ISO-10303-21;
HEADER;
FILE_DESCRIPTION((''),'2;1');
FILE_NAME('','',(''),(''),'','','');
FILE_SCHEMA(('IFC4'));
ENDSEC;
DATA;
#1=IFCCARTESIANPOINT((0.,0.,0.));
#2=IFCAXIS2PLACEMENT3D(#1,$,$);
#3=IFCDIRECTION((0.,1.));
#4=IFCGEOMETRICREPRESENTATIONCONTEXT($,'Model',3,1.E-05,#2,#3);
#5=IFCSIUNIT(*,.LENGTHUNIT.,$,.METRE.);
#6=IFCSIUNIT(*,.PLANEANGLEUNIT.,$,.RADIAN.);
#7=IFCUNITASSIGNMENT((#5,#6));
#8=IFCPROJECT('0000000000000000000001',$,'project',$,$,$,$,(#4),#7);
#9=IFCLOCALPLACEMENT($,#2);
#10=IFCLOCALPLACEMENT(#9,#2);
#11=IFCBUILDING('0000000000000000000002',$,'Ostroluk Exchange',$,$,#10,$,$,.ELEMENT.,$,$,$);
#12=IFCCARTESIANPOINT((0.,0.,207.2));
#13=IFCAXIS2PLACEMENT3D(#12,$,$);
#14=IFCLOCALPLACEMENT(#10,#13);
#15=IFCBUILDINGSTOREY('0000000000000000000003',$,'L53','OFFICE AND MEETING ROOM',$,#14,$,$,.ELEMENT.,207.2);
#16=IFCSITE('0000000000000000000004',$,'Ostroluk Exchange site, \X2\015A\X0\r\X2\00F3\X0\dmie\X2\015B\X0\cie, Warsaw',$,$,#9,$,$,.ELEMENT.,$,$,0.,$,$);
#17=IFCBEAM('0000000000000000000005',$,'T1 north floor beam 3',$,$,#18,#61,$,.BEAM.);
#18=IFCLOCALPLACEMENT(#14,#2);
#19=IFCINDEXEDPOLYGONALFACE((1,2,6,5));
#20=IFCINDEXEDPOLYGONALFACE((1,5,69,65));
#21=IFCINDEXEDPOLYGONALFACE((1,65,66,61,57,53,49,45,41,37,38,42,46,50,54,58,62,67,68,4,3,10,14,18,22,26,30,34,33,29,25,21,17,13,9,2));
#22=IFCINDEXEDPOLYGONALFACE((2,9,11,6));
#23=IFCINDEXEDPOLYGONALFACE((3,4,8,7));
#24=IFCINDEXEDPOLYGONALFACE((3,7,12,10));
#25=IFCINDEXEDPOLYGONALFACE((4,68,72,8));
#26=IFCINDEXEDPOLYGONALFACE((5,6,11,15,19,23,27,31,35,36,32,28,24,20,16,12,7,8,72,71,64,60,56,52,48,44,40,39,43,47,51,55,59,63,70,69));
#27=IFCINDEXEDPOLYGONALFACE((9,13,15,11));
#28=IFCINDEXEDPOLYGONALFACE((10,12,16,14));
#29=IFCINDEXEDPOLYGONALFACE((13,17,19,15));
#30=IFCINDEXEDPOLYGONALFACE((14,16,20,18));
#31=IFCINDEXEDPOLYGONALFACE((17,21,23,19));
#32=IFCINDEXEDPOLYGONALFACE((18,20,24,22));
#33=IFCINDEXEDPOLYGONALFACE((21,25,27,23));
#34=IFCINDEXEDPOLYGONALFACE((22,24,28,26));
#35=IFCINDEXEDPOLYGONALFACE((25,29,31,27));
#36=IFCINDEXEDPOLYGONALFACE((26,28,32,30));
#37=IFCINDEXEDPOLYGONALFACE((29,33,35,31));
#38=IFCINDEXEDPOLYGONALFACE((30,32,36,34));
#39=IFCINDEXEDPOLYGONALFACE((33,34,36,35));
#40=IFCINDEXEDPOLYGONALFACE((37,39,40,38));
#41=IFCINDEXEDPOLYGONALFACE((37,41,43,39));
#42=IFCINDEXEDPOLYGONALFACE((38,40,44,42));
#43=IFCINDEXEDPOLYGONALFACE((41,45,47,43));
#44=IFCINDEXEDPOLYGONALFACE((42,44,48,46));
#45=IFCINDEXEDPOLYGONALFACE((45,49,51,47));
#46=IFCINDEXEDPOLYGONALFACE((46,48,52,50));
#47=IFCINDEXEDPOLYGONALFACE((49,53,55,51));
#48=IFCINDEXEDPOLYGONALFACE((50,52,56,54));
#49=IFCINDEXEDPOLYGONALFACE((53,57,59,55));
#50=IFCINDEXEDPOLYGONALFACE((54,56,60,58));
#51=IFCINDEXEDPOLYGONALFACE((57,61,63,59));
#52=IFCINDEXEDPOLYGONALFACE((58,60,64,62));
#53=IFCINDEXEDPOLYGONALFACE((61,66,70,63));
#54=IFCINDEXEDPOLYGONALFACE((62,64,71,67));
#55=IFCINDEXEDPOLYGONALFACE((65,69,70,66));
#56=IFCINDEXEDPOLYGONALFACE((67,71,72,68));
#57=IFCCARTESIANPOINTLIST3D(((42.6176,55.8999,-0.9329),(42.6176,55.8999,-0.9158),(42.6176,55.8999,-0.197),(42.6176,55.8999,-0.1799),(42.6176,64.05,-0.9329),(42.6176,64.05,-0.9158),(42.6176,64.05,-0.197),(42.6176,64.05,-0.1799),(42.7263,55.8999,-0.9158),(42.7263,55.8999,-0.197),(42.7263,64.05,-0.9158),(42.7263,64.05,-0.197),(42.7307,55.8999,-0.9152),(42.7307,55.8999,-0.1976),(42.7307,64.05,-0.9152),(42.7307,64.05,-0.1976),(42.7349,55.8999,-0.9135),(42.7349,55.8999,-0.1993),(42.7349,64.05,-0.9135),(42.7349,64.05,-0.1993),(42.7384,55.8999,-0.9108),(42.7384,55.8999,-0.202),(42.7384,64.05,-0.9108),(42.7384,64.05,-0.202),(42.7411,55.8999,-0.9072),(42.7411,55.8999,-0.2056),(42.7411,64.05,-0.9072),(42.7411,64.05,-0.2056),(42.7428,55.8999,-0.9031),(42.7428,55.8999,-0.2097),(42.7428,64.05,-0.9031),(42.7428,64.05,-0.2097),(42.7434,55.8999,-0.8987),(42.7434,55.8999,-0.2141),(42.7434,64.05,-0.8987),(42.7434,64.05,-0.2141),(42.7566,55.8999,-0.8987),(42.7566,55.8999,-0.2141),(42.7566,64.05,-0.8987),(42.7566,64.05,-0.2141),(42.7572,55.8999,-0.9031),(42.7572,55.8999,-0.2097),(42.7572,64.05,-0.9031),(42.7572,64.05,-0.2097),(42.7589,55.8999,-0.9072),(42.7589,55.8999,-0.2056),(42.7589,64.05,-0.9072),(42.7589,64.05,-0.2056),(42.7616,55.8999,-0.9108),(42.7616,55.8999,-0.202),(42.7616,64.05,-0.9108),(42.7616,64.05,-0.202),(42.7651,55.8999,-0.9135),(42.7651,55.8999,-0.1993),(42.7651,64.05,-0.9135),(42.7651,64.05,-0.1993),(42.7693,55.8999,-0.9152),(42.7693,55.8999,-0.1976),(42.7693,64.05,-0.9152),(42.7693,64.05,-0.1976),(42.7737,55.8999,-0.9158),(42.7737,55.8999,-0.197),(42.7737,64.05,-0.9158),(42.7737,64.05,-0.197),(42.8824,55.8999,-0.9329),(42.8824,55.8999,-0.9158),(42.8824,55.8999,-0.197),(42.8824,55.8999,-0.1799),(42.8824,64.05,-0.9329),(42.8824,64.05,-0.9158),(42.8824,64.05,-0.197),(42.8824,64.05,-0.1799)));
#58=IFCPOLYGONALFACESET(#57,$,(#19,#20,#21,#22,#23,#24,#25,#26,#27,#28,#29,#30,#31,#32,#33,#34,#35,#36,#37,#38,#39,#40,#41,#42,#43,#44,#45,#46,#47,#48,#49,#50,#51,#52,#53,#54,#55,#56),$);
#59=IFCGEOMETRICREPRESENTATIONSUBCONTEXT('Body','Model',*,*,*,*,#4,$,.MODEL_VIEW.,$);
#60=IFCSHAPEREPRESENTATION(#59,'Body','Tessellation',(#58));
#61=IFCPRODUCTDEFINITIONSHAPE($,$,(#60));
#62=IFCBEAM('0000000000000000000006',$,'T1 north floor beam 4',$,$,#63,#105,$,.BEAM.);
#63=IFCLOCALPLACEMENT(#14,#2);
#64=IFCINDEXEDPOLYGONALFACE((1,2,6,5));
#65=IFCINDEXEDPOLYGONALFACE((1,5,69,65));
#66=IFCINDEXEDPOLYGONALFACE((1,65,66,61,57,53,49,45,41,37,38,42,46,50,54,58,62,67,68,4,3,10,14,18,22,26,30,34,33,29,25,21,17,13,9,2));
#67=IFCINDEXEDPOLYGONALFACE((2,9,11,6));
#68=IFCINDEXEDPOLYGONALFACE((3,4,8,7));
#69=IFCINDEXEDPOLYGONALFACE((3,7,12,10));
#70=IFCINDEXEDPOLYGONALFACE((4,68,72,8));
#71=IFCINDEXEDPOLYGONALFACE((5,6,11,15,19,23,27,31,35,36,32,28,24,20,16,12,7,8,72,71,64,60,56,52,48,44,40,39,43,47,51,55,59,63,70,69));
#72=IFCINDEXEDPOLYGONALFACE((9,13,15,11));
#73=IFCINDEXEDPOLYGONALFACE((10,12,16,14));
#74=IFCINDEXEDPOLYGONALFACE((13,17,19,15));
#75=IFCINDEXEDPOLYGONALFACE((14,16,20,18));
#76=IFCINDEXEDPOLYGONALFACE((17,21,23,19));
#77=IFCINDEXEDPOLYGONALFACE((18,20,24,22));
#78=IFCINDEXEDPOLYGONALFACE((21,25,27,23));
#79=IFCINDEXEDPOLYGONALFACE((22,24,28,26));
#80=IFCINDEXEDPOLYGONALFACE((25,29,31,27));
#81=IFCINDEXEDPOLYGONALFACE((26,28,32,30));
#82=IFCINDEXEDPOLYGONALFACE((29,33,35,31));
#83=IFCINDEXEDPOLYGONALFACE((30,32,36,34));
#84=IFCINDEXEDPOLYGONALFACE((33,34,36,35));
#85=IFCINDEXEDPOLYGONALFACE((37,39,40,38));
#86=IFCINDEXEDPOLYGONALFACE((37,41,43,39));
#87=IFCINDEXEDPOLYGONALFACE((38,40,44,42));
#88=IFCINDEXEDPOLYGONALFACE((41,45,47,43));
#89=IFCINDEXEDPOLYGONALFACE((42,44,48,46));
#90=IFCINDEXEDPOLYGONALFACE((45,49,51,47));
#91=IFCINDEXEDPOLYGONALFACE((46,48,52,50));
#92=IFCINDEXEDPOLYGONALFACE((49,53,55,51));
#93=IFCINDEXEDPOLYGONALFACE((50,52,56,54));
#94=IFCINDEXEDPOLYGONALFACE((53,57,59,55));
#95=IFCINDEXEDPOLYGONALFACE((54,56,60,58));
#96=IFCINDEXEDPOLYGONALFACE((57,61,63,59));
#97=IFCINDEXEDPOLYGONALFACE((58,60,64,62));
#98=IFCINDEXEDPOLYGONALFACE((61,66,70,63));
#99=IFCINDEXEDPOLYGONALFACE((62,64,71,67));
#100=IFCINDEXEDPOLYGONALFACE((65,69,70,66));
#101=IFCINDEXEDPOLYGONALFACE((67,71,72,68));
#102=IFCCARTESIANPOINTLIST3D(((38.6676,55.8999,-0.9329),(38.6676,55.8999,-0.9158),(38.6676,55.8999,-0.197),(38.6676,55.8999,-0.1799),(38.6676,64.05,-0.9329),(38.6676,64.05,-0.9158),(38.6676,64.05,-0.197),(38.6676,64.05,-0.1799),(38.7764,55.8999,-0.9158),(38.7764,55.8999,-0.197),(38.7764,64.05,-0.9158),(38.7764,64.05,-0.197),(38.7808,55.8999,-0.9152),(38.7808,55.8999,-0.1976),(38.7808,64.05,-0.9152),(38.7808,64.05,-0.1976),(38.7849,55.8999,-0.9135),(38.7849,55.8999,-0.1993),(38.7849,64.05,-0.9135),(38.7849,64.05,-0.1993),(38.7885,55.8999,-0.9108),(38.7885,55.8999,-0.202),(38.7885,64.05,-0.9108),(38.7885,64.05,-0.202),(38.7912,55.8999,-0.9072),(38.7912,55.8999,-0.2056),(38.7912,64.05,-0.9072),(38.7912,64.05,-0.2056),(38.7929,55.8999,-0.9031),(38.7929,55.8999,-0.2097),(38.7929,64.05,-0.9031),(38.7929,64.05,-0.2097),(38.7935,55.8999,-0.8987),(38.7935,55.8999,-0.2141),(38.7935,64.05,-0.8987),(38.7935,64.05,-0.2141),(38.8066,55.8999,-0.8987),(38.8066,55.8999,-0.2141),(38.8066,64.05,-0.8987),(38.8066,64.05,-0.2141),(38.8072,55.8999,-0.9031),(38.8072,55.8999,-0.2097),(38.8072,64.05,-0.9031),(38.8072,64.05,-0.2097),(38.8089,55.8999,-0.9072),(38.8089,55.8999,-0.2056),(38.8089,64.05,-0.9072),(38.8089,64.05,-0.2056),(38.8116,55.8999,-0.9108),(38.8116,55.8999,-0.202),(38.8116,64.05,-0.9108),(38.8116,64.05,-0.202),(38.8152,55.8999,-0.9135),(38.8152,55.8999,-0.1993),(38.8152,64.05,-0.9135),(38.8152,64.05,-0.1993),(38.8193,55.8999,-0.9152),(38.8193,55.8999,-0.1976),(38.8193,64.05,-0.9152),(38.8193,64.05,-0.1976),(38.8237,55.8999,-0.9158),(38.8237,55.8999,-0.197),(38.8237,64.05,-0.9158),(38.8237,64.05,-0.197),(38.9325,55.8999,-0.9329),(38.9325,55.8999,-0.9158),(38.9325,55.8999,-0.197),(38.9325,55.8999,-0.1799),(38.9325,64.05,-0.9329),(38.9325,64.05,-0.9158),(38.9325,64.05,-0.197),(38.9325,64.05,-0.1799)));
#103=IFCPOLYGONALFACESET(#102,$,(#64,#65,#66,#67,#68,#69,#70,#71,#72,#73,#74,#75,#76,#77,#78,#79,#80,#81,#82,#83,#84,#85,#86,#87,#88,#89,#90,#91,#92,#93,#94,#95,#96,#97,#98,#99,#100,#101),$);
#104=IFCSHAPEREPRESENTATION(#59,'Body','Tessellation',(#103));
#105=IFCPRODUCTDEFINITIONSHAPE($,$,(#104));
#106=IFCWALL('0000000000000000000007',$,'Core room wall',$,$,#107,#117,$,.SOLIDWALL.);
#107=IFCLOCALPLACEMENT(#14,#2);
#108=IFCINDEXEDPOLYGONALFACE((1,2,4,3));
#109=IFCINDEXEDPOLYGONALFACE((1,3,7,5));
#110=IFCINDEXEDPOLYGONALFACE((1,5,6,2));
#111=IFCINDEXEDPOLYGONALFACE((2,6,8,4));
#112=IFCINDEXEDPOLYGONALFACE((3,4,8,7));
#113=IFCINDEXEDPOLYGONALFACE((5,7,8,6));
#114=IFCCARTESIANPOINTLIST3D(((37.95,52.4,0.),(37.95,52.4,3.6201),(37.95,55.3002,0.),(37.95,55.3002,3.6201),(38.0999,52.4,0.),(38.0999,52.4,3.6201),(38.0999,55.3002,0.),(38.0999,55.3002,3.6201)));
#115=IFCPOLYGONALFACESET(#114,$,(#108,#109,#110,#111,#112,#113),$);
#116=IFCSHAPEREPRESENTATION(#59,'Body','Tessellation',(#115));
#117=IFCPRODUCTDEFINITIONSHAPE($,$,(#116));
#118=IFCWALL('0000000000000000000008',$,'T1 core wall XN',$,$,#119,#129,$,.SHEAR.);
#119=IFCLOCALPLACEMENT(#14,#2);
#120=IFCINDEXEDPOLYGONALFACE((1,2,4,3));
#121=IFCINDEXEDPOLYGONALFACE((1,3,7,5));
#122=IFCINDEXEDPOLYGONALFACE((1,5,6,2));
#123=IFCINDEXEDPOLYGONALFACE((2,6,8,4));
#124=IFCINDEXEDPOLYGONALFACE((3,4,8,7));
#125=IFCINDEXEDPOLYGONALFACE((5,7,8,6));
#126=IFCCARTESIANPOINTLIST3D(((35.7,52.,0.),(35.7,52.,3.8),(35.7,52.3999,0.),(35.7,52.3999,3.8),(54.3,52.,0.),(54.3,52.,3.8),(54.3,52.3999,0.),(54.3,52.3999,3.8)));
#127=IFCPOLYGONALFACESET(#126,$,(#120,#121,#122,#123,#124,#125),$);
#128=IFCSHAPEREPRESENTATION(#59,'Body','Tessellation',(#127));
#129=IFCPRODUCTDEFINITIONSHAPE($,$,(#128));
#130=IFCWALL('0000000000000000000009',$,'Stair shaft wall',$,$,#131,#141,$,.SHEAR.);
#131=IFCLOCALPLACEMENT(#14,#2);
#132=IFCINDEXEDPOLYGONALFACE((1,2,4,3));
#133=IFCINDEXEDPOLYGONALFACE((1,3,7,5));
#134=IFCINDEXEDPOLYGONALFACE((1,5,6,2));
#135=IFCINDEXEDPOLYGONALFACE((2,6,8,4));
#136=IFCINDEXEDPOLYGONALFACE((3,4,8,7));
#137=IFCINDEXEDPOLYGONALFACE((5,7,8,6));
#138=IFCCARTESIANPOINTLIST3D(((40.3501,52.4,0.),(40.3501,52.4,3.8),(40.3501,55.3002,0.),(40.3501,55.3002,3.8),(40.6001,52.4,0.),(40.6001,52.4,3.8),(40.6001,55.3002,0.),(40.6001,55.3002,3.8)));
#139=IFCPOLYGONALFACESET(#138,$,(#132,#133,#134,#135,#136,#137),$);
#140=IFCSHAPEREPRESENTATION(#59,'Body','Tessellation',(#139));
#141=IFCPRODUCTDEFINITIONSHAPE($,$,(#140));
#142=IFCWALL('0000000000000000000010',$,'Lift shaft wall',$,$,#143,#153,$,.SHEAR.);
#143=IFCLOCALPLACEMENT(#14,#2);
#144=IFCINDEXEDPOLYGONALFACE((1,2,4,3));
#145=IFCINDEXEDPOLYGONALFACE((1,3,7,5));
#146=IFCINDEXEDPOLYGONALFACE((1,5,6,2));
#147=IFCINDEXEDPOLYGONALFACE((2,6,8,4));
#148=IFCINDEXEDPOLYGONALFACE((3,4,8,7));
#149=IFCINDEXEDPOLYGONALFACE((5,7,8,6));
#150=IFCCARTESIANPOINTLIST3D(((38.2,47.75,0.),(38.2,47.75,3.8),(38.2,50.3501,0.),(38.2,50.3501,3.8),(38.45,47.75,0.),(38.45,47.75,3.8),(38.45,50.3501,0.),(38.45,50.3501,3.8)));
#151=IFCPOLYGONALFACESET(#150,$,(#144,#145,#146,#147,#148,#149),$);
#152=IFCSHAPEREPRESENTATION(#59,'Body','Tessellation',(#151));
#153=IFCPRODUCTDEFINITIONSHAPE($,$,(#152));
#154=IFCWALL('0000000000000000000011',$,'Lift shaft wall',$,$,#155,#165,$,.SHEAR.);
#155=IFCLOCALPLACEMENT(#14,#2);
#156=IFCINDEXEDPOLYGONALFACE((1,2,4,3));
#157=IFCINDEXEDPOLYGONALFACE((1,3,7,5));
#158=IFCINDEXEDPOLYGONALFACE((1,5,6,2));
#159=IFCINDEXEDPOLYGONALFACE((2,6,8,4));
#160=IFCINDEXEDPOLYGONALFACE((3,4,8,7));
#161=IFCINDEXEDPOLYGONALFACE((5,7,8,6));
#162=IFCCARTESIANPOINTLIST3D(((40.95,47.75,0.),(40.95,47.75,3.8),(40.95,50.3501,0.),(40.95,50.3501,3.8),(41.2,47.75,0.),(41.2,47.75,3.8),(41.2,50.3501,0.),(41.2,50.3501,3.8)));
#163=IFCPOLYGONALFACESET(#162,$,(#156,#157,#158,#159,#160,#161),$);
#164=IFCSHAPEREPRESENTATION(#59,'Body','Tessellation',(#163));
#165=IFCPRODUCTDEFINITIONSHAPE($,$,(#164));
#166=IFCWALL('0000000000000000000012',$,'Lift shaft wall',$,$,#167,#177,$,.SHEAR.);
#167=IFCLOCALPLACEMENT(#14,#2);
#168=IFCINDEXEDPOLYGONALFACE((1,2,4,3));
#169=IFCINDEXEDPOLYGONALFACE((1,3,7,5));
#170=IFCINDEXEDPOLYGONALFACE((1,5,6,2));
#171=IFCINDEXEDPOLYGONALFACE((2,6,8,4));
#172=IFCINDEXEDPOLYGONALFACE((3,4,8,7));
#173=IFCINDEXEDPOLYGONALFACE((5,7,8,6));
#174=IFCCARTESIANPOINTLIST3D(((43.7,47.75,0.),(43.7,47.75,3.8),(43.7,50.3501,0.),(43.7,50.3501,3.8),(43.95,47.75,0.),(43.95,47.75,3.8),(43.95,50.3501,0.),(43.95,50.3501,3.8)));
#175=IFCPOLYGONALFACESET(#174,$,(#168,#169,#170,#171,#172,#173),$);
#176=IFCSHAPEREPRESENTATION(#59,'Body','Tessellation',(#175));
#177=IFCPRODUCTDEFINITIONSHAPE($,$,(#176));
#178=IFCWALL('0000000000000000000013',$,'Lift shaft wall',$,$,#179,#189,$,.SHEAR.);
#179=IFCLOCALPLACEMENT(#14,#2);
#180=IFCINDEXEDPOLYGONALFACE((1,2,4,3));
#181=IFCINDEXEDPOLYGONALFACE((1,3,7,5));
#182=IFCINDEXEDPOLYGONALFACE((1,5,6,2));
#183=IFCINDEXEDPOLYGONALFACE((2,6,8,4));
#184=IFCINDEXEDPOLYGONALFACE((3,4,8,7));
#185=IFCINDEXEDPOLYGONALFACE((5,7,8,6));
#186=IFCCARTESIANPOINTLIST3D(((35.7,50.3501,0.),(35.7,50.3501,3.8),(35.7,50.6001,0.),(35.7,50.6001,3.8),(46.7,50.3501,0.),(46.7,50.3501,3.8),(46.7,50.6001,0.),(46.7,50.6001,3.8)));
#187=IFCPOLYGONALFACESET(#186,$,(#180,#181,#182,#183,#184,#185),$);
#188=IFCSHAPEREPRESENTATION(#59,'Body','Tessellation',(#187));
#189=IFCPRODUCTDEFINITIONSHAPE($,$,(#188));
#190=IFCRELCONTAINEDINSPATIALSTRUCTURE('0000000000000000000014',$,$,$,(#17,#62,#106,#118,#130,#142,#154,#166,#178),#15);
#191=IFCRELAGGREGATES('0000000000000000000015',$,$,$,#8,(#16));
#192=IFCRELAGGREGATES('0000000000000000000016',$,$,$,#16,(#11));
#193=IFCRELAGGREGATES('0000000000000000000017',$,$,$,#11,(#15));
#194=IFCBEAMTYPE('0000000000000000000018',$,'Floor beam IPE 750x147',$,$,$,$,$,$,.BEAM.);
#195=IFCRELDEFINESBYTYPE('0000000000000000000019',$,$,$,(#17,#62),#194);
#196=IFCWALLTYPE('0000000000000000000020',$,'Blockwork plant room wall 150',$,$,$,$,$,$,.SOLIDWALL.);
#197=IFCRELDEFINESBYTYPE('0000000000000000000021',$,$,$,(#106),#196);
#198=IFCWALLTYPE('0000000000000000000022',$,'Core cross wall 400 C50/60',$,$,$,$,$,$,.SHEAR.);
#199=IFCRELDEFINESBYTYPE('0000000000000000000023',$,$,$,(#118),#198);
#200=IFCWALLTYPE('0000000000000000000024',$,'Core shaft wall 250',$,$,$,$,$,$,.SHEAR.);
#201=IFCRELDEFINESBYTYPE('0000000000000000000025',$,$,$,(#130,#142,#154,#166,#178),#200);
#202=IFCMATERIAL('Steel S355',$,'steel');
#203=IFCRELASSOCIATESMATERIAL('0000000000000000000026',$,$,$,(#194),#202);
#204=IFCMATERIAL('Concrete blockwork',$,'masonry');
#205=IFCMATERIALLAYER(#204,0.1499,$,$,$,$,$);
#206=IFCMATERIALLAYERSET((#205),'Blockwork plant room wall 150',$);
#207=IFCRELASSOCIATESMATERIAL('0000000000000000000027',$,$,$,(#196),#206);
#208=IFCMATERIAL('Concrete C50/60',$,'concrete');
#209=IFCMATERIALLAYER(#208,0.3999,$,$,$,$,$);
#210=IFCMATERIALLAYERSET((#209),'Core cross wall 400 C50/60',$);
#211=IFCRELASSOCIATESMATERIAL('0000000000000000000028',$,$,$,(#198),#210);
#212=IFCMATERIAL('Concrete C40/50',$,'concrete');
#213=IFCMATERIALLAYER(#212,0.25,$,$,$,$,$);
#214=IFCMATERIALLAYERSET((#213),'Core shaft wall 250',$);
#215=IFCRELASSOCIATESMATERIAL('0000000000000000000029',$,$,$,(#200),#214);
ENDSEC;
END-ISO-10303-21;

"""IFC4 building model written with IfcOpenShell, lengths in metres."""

from ifc_helpers import new_model, si_unit, direction, frame, frame_2d, origin, origin_2d, place, context, subcontext, project, spatial, rectangle, i_section, extrude, material, layer, layer_set, material_profile, profile_set, type_object, element, save


model = new_model("IFC4")

# Units and contexts
model_context = context("Model", 3, precision=1e-05, world=origin(), true_north=direction((0.0, 1.0)))
body_context = subcontext(model_context, "Body", "Model", "MODEL_VIEW")
ifc_project = project(units=[si_unit("LENGTHUNIT", "METRE"), si_unit("PLANEANGLEUNIT", "RADIAN")], contexts=[model_context])

# Site, building, storey
site_placement = place(None, origin())
site = spatial("IfcSite", under=ifc_project, at=site_placement, Name="Ostroluk Exchange site, Śródmieście, Warsaw", CompositionType="ELEMENT", RefElevation=0.0)
building_placement = place(site_placement, origin())
building = spatial("IfcBuilding", under=site, at=building_placement, Name="Ostroluk Exchange", CompositionType="ELEMENT")
storey_placement = place(building_placement, frame((0.0, 0.0, 207.2)))
storey = spatial("IfcBuildingStorey", under=building, at=storey_placement, Name="L53", Description="OFFICE AND MEETING ROOM", CompositionType="ELEMENT", Elevation=207.2)

# Beams
ifc_material_1 = material(Name="Steel S355", Category="steel")
ifc_material_profile = material_profile(ifc_material_1, i_section(OverallWidth=0.2649, OverallDepth=0.7529, WebThickness=0.0132, FlangeThickness=0.0171, FilletRadius=0.0171, at=origin_2d()), Name="IPE 750x147")
ifc_profile_set = profile_set([ifc_material_profile], Name="Steel S355")
beam_type = type_object("IfcBeamType", Name="Floor beam IPE 750x147", PredefinedType="BEAM", material=ifc_profile_set)
for number, where, z_axis, x_axis, name in (
    (1, (42.75, 55.8999, -0.5564), (0.0, 1.0, 0.0), (-1.0, 0.0, 0.0), "T1 north floor beam 3"),
    (2, (38.8, 55.8999, -0.5564), (0.0, 1.0, 0.0), (-1.0, 0.0, 0.0), "T1 north floor beam 4"),
):
    element("IfcBeam", number, at=place(storey_placement, frame(where, z_axis=z_axis, x_axis=x_axis)), inside=storey, type_object=beam_type, Name=name, PredefinedType="BEAM", context=body_context, shape_type="SweptSolid", body=[
        extrude(i_section(OverallWidth=0.2649, OverallDepth=0.7529, WebThickness=0.0132, FlangeThickness=0.0171, FilletRadius=0.0171, at=origin_2d()), origin(), (0.0, 0.0, 1.0), 8.1501),
    ])

# Walls
ifc_material_2 = material(Name="Concrete blockwork", Category="masonry")
ifc_layer_1 = layer(ifc_material_2, 0.1499)
ifc_layer_set_1 = layer_set([ifc_layer_1], Name="Blockwork plant room wall 150")
wall_type_1 = type_object("IfcWallType", Name="Blockwork plant room wall 150", PredefinedType="SOLIDWALL", material=ifc_layer_set_1)
wall_1_placement = place(storey_placement, frame((38.0249, 52.3999, 0.0), z_axis=(0.0, 0.0, 1.0), x_axis=(0.0, 1.0, 0.0)))
element("IfcWall", 3, at=wall_1_placement, inside=storey, type_object=wall_type_1, Name="Core room wall", PredefinedType="SOLIDWALL", context=body_context, shape_type="SweptSolid", body=[
    extrude(rectangle(XDim=2.9001, YDim=0.1499, at=frame_2d((1.4502, 0.0))), origin(), (0.0, 0.0, 1.0), 3.6201),
])
ifc_material_3 = material(Name="Concrete C50/60", Category="concrete")
ifc_layer_2 = layer(ifc_material_3, 0.3999)
ifc_layer_set_2 = layer_set([ifc_layer_2], Name="Core cross wall 400 C50/60")
wall_type_2 = type_object("IfcWallType", Name="Core cross wall 400 C50/60", PredefinedType="SHEAR", material=ifc_layer_set_2)
wall_2_placement = place(storey_placement, frame((35.7, 52.2, 0.0), z_axis=(0.0, 0.0, 1.0), x_axis=(1.0, 0.0, 0.0)))
element("IfcWall", 4, at=wall_2_placement, inside=storey, type_object=wall_type_2, Name="T1 core wall XN", PredefinedType="SHEAR", context=body_context, shape_type="SweptSolid", body=[
    extrude(rectangle(XDim=18.6001, YDim=0.3999, at=frame_2d((9.3, 0.0))), origin(), (0.0, 0.0, 1.0), 3.8),
])
ifc_material_4 = material(Name="Concrete C40/50", Category="concrete")
ifc_layer_3 = layer(ifc_material_4, 0.25)
ifc_layer_set_3 = layer_set([ifc_layer_3], Name="Core shaft wall 250")
wall_type_3 = type_object("IfcWallType", Name="Core shaft wall 250", PredefinedType="SHEAR", material=ifc_layer_set_3)
wall_3_placement = place(storey_placement, frame((40.4751, 52.3999, 0.0), z_axis=(0.0, 0.0, 1.0), x_axis=(0.0, 1.0, 0.0)))
element("IfcWall", 5, at=wall_3_placement, inside=storey, type_object=wall_type_3, Name="Stair shaft wall", PredefinedType="SHEAR", context=body_context, shape_type="SweptSolid", body=[
    extrude(rectangle(XDim=2.9001, YDim=0.25, at=frame_2d((1.4502, 0.0))), origin(), (0.0, 0.0, 1.0), 3.8),
])
for number, where, z_axis, x_axis, name in (
    (6, (38.325, 47.75, 0.0), (0.0, 0.0, 1.0), (0.0, 1.0, 0.0), "Lift shaft wall"),
    (7, (41.075, 47.75, 0.0), (0.0, 0.0, 1.0), (0.0, 1.0, 0.0), "Lift shaft wall"),
    (8, (43.825, 47.75, 0.0), (0.0, 0.0, 1.0), (0.0, 1.0, 0.0), "Lift shaft wall"),
):
    element("IfcWall", number, at=place(storey_placement, frame(where, z_axis=z_axis, x_axis=x_axis)), inside=storey, type_object=wall_type_3, Name=name, PredefinedType="SHEAR", context=body_context, shape_type="SweptSolid", body=[
        extrude(rectangle(XDim=2.6001, YDim=0.25, at=frame_2d((1.3, 0.0))), origin(), (0.0, 0.0, 1.0), 3.8),
    ])
wall_4_placement = place(storey_placement, frame((35.7, 50.4751, 0.0), z_axis=(0.0, 0.0, 1.0), x_axis=(1.0, 0.0, 0.0)))
element("IfcWall", 9, at=wall_4_placement, inside=storey, type_object=wall_type_3, Name="Lift shaft wall", PredefinedType="SHEAR", context=body_context, shape_type="SweptSolid", body=[
    extrude(rectangle(XDim=11.0, YDim=0.25, at=frame_2d((5.5, 0.0))), origin(), (0.0, 0.0, 1.0), 3.8),
])

save(model, "model.ifc")
